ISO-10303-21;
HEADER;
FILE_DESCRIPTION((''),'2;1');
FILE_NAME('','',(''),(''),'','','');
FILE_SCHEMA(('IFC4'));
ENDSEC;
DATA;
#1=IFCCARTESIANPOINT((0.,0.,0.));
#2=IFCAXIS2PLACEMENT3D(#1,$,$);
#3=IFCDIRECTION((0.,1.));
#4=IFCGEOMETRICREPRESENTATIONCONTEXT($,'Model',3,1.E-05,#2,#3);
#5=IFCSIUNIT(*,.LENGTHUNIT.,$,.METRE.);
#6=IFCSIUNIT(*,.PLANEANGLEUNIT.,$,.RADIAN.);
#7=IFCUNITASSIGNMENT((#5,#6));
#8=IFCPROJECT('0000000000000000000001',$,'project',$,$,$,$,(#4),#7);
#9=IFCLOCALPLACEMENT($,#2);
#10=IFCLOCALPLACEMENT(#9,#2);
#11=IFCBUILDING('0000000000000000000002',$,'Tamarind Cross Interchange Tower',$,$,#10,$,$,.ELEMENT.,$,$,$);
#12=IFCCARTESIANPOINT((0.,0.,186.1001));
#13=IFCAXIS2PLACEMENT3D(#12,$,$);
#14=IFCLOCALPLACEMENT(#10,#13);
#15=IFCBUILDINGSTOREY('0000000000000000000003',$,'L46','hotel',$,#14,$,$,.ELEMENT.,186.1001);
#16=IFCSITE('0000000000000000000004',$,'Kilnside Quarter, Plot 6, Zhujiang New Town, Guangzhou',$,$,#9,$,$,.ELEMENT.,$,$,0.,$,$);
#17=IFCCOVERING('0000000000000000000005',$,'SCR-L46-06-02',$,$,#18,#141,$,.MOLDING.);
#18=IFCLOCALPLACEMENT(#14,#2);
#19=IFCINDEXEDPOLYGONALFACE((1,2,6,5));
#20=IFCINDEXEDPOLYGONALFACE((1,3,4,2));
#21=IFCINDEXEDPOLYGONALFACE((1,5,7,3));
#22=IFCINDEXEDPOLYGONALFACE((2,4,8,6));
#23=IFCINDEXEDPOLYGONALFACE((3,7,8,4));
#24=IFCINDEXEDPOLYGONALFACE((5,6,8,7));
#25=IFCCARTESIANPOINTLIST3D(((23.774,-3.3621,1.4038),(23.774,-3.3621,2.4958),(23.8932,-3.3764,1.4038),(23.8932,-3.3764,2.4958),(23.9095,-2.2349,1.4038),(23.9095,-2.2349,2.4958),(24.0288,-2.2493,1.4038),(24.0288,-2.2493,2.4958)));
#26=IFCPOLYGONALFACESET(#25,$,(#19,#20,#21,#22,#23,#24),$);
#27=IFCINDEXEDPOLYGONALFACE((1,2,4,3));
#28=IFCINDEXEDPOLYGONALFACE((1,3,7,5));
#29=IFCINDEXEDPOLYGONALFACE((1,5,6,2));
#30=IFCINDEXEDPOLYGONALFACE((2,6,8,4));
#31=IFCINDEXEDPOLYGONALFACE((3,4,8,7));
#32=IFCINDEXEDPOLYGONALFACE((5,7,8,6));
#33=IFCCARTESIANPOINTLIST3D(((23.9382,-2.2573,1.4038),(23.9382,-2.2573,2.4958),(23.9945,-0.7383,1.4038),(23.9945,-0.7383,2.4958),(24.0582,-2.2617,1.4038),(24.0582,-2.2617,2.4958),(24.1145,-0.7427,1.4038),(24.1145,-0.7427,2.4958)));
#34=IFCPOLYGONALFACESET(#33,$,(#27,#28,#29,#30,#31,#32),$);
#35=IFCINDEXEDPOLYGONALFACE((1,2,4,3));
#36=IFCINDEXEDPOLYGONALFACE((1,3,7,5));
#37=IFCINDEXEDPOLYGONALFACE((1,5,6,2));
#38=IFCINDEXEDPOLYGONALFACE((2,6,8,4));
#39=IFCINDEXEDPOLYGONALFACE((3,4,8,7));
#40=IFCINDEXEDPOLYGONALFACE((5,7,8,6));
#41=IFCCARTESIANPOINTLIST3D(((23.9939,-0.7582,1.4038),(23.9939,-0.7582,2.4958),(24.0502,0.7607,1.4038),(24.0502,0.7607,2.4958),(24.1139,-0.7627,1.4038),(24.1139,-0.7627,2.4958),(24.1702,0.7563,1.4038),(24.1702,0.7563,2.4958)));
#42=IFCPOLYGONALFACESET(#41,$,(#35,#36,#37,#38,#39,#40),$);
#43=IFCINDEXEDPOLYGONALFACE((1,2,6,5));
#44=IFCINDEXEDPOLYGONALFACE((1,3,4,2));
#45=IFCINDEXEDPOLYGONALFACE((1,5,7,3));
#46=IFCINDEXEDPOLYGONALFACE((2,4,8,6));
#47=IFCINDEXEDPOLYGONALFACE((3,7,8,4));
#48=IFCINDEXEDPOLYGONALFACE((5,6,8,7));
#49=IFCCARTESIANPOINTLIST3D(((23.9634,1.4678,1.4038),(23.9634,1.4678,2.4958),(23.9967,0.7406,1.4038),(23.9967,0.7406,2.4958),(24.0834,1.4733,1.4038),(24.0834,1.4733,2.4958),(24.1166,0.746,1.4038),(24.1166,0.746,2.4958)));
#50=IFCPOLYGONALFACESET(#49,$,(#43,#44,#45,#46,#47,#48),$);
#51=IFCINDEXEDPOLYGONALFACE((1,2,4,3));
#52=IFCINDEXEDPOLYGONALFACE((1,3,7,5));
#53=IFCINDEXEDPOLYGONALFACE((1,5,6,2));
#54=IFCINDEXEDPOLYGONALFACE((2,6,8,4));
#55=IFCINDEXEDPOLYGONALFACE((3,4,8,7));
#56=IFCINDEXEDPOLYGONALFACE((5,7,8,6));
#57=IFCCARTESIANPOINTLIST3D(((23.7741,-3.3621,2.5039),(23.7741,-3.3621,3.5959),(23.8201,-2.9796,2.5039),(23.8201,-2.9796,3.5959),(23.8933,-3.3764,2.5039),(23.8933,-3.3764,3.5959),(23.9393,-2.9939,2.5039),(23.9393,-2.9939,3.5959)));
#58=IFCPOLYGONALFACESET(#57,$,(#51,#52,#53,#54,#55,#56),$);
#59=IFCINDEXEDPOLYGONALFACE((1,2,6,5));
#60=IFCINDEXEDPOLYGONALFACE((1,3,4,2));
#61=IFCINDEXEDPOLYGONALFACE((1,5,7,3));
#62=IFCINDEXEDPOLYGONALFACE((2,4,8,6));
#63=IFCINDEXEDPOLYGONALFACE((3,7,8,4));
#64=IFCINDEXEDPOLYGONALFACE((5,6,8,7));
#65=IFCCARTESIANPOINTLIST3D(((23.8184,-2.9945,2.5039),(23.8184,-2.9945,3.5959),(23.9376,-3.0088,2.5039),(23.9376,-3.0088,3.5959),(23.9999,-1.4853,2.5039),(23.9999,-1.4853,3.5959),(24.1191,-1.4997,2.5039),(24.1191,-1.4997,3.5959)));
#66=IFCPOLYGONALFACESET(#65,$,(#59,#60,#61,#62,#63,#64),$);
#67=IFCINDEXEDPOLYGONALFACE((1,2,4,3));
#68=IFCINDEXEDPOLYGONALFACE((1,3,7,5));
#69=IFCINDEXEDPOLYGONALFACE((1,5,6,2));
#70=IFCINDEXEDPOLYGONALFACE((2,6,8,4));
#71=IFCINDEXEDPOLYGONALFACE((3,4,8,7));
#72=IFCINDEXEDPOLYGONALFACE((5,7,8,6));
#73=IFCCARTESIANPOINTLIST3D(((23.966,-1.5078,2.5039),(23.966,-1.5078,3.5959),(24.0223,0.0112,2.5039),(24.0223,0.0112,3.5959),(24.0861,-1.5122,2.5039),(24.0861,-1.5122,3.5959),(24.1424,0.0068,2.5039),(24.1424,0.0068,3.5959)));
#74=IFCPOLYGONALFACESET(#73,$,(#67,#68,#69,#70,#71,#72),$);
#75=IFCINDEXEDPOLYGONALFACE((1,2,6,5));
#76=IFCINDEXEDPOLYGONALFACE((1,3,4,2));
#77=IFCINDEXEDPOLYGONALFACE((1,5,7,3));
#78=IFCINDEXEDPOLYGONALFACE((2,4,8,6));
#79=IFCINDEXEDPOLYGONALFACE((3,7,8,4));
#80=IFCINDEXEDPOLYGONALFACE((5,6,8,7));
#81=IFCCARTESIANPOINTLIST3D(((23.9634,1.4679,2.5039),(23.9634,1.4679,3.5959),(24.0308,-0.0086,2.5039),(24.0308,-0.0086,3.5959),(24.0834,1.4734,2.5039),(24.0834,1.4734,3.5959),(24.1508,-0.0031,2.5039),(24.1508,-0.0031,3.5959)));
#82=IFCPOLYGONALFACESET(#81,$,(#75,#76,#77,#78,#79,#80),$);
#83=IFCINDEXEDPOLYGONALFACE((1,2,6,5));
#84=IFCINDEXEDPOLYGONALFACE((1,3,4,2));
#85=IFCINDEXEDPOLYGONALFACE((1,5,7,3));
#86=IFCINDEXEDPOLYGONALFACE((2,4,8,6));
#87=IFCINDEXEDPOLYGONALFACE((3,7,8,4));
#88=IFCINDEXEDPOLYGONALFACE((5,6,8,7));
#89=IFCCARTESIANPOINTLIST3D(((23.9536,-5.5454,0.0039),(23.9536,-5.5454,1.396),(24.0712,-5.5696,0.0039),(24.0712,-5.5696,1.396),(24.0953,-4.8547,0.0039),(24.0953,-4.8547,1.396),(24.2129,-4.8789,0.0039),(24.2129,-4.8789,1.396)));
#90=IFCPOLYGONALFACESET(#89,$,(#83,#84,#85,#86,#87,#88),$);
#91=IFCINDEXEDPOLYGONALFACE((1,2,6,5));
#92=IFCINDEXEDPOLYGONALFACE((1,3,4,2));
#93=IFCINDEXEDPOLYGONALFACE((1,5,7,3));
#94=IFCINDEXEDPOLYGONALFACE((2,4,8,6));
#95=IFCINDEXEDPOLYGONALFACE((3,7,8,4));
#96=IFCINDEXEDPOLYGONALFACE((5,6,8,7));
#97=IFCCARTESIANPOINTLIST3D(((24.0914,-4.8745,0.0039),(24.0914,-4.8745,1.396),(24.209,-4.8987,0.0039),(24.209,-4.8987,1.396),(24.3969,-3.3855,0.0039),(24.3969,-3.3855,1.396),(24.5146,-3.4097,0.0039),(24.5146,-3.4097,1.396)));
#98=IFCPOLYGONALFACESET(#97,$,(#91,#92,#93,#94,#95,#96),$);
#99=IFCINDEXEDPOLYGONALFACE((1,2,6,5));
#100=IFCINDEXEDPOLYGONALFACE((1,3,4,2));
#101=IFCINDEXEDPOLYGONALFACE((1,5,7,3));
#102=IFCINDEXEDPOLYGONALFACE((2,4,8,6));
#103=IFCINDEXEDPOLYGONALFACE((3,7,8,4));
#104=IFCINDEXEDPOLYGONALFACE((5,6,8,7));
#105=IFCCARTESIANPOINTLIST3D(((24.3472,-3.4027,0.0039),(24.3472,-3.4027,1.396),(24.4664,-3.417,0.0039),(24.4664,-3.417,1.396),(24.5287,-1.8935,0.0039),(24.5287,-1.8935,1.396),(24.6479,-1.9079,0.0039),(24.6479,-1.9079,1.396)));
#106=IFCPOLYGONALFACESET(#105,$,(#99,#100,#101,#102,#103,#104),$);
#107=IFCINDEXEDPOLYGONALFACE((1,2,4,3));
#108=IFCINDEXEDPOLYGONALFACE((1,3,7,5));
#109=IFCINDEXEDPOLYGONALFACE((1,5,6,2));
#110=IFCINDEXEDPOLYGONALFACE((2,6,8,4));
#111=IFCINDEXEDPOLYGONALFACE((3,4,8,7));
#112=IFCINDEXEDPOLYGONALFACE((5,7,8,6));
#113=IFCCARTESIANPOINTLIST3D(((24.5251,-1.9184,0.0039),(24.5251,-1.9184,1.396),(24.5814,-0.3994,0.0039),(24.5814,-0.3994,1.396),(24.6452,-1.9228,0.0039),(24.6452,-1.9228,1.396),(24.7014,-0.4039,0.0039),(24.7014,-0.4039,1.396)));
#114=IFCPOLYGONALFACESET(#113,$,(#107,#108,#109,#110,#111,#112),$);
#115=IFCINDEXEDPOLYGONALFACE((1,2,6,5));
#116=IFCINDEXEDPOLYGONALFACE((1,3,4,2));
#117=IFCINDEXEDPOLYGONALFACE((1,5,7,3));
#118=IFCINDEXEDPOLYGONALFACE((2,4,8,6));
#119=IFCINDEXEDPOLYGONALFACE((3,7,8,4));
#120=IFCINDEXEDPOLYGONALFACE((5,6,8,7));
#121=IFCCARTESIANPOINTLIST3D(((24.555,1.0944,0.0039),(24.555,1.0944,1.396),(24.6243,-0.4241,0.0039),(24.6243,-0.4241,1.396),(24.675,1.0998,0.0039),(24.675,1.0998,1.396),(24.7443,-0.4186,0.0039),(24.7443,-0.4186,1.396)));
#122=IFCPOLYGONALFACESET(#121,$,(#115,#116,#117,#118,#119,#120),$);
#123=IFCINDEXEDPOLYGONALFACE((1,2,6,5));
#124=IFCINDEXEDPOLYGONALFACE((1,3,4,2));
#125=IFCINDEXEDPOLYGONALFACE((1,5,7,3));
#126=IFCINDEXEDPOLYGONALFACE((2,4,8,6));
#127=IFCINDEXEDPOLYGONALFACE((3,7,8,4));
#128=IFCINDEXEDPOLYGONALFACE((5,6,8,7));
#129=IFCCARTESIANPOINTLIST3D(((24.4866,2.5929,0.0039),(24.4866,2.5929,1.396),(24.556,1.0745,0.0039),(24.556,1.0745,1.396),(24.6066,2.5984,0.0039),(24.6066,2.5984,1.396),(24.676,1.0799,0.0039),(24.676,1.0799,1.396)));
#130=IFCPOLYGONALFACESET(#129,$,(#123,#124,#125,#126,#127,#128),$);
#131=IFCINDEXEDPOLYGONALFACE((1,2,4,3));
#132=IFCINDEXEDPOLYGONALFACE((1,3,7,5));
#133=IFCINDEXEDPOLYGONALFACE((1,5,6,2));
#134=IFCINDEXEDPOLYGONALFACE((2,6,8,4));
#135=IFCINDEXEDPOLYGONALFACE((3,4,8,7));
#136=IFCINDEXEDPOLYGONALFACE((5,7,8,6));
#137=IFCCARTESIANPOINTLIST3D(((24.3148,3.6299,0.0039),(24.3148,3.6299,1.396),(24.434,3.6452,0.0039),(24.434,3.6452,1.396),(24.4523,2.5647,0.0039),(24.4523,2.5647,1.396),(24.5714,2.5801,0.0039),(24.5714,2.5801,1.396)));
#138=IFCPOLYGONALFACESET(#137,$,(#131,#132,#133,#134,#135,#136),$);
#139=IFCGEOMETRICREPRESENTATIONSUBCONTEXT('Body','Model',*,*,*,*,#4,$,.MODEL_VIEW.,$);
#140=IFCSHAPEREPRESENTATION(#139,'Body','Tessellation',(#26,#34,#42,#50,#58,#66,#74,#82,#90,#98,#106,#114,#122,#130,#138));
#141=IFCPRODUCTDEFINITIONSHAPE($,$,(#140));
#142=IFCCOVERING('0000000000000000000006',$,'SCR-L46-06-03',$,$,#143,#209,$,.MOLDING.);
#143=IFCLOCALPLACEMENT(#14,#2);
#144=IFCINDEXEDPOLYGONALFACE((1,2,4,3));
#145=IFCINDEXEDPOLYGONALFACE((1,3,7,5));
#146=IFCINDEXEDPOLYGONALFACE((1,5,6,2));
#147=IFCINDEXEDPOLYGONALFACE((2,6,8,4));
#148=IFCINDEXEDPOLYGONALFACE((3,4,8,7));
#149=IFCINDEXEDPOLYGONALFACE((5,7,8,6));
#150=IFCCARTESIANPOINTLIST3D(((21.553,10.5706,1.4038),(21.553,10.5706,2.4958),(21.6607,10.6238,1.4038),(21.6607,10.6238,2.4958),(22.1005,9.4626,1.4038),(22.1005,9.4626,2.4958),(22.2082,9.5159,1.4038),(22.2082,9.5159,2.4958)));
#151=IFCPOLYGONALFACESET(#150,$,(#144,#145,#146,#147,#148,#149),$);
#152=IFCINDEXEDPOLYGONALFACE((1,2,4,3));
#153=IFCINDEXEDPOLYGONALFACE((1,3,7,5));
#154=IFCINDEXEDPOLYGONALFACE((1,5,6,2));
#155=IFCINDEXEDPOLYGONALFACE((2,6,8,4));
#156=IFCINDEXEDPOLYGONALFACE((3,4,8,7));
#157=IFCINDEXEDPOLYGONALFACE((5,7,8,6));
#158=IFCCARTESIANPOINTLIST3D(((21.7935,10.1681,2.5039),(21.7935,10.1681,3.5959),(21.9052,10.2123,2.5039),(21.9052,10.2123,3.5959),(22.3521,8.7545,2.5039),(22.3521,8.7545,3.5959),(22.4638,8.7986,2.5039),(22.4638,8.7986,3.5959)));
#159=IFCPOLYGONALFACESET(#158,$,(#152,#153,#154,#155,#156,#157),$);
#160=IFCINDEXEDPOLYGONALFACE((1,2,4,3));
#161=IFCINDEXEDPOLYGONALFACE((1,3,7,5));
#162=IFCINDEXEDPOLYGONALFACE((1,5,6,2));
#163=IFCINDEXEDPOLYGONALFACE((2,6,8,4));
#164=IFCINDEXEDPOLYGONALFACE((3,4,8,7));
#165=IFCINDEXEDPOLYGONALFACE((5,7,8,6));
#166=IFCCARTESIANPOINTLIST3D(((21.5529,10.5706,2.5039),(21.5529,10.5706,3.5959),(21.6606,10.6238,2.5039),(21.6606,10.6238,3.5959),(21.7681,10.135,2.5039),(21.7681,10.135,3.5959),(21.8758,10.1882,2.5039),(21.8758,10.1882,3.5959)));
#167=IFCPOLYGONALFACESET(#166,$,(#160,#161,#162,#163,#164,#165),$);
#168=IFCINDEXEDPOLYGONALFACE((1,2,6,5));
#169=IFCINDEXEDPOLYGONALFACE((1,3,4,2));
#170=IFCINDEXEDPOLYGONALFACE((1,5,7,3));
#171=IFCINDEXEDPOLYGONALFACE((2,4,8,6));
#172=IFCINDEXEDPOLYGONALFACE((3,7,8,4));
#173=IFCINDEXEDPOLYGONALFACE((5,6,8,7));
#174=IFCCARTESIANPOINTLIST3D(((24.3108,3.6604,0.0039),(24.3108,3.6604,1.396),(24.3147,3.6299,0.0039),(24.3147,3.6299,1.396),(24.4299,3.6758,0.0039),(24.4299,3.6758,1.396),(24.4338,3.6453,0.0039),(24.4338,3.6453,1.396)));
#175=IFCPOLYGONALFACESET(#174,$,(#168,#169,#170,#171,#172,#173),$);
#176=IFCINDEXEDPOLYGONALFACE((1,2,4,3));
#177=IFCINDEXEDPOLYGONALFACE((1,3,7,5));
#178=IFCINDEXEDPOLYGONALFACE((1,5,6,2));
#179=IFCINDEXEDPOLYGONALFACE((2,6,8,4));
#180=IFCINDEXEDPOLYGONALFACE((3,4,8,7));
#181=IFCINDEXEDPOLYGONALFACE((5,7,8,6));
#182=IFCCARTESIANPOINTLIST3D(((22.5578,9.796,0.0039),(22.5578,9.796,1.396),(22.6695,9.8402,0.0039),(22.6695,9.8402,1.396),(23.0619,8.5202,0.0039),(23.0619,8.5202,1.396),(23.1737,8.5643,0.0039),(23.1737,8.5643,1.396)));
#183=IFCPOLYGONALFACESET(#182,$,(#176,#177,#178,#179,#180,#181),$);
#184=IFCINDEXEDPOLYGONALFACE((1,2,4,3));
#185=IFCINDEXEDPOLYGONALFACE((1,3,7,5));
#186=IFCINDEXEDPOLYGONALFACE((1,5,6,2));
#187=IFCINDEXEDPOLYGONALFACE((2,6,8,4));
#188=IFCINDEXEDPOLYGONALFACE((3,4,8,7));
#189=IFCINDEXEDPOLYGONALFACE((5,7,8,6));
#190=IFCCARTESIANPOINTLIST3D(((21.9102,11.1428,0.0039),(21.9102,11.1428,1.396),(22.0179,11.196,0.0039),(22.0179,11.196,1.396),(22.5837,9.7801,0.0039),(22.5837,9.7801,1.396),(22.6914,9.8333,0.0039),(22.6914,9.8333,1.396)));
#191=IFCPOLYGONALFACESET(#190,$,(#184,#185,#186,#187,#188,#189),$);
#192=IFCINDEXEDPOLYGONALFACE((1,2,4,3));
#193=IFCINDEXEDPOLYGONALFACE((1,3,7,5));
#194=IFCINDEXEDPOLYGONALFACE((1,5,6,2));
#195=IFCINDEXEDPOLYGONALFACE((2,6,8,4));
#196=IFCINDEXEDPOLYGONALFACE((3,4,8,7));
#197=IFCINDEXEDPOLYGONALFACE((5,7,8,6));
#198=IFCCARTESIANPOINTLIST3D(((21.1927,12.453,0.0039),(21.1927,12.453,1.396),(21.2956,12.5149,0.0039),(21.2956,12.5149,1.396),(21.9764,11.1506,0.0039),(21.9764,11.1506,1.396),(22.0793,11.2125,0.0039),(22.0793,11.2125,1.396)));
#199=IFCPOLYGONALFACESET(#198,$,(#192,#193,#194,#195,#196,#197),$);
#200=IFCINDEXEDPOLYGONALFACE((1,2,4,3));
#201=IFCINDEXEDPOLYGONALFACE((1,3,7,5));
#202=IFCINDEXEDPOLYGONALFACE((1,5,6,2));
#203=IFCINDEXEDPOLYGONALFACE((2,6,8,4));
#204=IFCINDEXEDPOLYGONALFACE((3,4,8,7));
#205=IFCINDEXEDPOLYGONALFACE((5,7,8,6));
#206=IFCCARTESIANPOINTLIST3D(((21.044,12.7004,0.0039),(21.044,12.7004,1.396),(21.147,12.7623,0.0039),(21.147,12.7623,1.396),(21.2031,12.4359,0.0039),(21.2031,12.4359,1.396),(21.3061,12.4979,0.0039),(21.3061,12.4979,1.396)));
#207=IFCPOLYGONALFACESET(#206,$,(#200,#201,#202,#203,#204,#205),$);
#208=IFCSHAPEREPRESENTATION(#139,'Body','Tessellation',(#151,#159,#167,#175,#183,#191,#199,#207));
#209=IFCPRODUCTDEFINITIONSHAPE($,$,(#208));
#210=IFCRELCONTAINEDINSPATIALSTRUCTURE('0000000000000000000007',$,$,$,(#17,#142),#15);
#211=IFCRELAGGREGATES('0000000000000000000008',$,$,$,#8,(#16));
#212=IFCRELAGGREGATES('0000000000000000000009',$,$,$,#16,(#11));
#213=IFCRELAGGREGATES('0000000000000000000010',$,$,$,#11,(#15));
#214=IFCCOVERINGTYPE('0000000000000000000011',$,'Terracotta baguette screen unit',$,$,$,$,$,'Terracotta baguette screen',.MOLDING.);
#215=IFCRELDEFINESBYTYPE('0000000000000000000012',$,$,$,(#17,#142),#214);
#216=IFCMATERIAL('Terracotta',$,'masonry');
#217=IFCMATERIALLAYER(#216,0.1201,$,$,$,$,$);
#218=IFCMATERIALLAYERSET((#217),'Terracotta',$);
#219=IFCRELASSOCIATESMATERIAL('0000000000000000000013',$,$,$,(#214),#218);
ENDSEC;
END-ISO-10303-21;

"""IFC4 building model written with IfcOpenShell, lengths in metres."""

from ifc_helpers import new_model, si_unit, direction, frame, origin, origin_2d, place, context, subcontext, project, spatial, rectangle, extrude, material, layer, layer_set, type_object, element, save


model = new_model("IFC4")

# Units and contexts
model_context = context("Model", 3, precision=1e-05, world=origin(), true_north=direction((0.0, 1.0)))
body_context = subcontext(model_context, "Body", "Model", "MODEL_VIEW")
ifc_project = project(units=[si_unit("LENGTHUNIT", "METRE"), si_unit("PLANEANGLEUNIT", "RADIAN")], contexts=[model_context])

# Site, building, storey
site_placement = place(None, origin())
site = spatial("IfcSite", under=ifc_project, at=site_placement, Name="Kilnside Quarter, Plot 6, Zhujiang New Town, Guangzhou", CompositionType="ELEMENT", RefElevation=0.0)
building_placement = place(site_placement, origin())
building = spatial("IfcBuilding", under=site, at=building_placement, Name="Tamarind Cross Interchange Tower", CompositionType="ELEMENT")
storey_placement = place(building_placement, frame((0.0, 0.0, 186.1001)))
storey = spatial("IfcBuildingStorey", under=building, at=storey_placement, Name="L46", Description="hotel", CompositionType="ELEMENT", Elevation=186.1001)

# Coverings
ifc_material_1 = material(Name="Terracotta", Category="masonry")
ifc_layer_1 = layer(ifc_material_1, 0.1201)
ifc_layer_set_1 = layer_set([ifc_layer_1], Name="Terracotta")
covering_type = type_object("IfcCoveringType", Name="Terracotta baguette screen unit", ElementType="Terracotta baguette screen", PredefinedType="MOLDING", material=ifc_layer_set_1)
covering_1_placement = place(storey_placement, origin())
element("IfcCovering", 1, at=covering_1_placement, inside=storey, type_object=covering_type, Name="SCR-L46-06-02", PredefinedType="MOLDING", context=body_context, shape_type="SweptSolid", body=[
    extrude(rectangle(XDim=1.1353, YDim=0.1201, at=origin_2d()), frame((23.9014, -2.8057, 1.4038), z_axis=(0.0, 0.0, 1.0), x_axis=(0.119421, 0.992844, 0.0)), (0.0, 0.0, 1.0), 1.092),
    extrude(rectangle(XDim=1.52, YDim=0.1201, at=origin_2d()), frame((24.0264, -1.5, 1.4038), z_axis=(0.0, 0.0, 1.0), x_axis=(0.037025, 0.999314, 0.0)), (0.0, 0.0, 1.0), 1.092),
    extrude(rectangle(XDim=1.52, YDim=0.1201, at=origin_2d()), frame((24.082, -0.001, 1.4038), z_axis=(0.0, 0.0, 1.0), x_axis=(0.037025, 0.999314, 0.0)), (0.0, 0.0, 1.0), 1.092),
    extrude(rectangle(XDim=0.728, YDim=0.1201, at=origin_2d()), frame((24.04, 1.1069, 1.4038), z_axis=(0.0, 0.0, 1.0), x_axis=(-0.045624, 0.998959, 0.0)), (0.0, 0.0, 1.0), 1.092),
    extrude(rectangle(XDim=0.3853, YDim=0.1201, at=origin_2d()), frame((23.8567, -3.178, 2.5039), z_axis=(0.0, 0.0, 1.0), x_axis=(0.119421, 0.992844, 0.0)), (0.0, 0.0, 1.0), 1.092),
    extrude(rectangle(XDim=1.52, YDim=0.1201, at=origin_2d()), frame((23.9688, -2.2471, 2.5039), z_axis=(0.0, 0.0, 1.0), x_axis=(0.119421, 0.992844, 0.0)), (0.0, 0.0, 1.0), 1.092),
    extrude(rectangle(XDim=1.52, YDim=0.1201, at=origin_2d()), frame((24.0542, -0.7505, 2.5039), z_axis=(0.0, 0.0, 1.0), x_axis=(0.037025, 0.999314, 0.0)), (0.0, 0.0, 1.0), 1.092),
    extrude(rectangle(XDim=1.478, YDim=0.1201, at=origin_2d()), frame((24.0571, 0.7324, 2.5039), z_axis=(0.0, 0.0, 1.0), x_axis=(-0.045624, 0.998959, 0.0)), (0.0, 0.0, 1.0), 1.092),
    extrude(rectangle(XDim=0.7051, YDim=0.1201, at=origin_2d()), frame((24.0833, -5.2122, 0.0039), z_axis=(0.0, 0.0, 1.0), x_axis=(0.201001, 0.979591, 0.0)), (0.0, 0.0, 1.0), 1.3921),
    extrude(rectangle(XDim=1.52, YDim=0.1201, at=origin_2d()), frame((24.303, -4.1421, 0.0039), z_axis=(0.0, 0.0, 1.0), x_axis=(0.201001, 0.979591, 0.0)), (0.0, 0.0, 1.0), 1.3921),
    extrude(rectangle(XDim=1.52, YDim=0.1201, at=origin_2d()), frame((24.4976, -2.6553, 0.0039), z_axis=(0.0, 0.0, 1.0), x_axis=(0.119421, 0.992844, 0.0)), (0.0, 0.0, 1.0), 1.3921),
    extrude(rectangle(XDim=1.52, YDim=0.1201, at=origin_2d()), frame((24.6133, -1.1611, 0.0039), z_axis=(0.0, 0.0, 1.0), x_axis=(0.037025, 0.999314, 0.0)), (0.0, 0.0, 1.0), 1.3921),
    extrude(rectangle(XDim=1.52, YDim=0.1201, at=origin_2d()), frame((24.6497, 0.3379, 0.0039), z_axis=(0.0, 0.0, 1.0), x_axis=(-0.045624, 0.998959, 0.0)), (0.0, 0.0, 1.0), 1.3921),
    extrude(rectangle(XDim=1.52, YDim=0.1201, at=origin_2d()), frame((24.5813, 1.8364, 0.0039), z_axis=(0.0, 0.0, 1.0), x_axis=(-0.045624, 0.998959, 0.0)), (0.0, 0.0, 1.0), 1.3921),
    extrude(rectangle(XDim=1.074, YDim=0.1201, at=origin_2d()), frame((24.4431, 3.105, 0.0039), z_axis=(0.0, 0.0, 1.0), x_axis=(-0.127962, 0.991779, 0.0)), (0.0, 0.0, 1.0), 1.3921),
])
covering_2_placement = place(storey_placement, origin())
element("IfcCovering", 2, at=covering_2_placement, inside=storey, type_object=covering_type, Name="SCR-L46-06-03", PredefinedType="MOLDING", context=body_context, shape_type="SweptSolid", body=[
    extrude(rectangle(XDim=1.2358, YDim=0.1201, at=origin_2d()), frame((21.8806, 10.0432, 1.4038), z_axis=(0.0, 0.0, 1.0), x_axis=(-0.443059, 0.896493, 0.0)), (0.0, 0.0, 1.0), 1.092),
    extrude(rectangle(XDim=1.52, YDim=0.1201, at=origin_2d()), frame((22.1287, 9.4834, 2.5039), z_axis=(0.0, 0.0, 1.0), x_axis=(-0.367514, 0.930018, 0.0)), (0.0, 0.0, 1.0), 1.092),
    extrude(rectangle(XDim=0.4858, YDim=0.1201, at=origin_2d()), frame((21.7144, 10.3794, 2.5039), z_axis=(0.0, 0.0, 1.0), x_axis=(-0.443059, 0.896493, 0.0)), (0.0, 0.0, 1.0), 1.092),
    extrude(rectangle(XDim=0.0308, YDim=0.1201, at=origin_2d()), frame((24.3723, 3.6528, 0.0039), z_axis=(0.0, 0.0, 1.0), x_axis=(-0.127962, 0.991779, 0.0)), (0.0, 0.0, 1.0), 1.3921),
    extrude(rectangle(XDim=1.3718, YDim=0.1201, at=origin_2d()), frame((22.8657, 9.1802, 0.0039), z_axis=(0.0, 0.0, 1.0), x_axis=(-0.367514, 0.930018, 0.0)), (0.0, 0.0, 1.0), 1.3921),
    extrude(rectangle(XDim=1.52, YDim=0.1201, at=origin_2d()), frame((22.3008, 10.488, 0.0039), z_axis=(0.0, 0.0, 1.0), x_axis=(-0.443059, 0.896493, 0.0)), (0.0, 0.0, 1.0), 1.3921),
    extrude(rectangle(XDim=1.52, YDim=0.1201, at=origin_2d()), frame((21.636, 11.8328, 0.0039), z_axis=(0.0, 0.0, 1.0), x_axis=(-0.515577, 0.856843, 0.0)), (0.0, 0.0, 1.0), 1.3921),
    extrude(rectangle(XDim=0.3086, YDim=0.1201, at=origin_2d()), frame((21.175, 12.5991, 0.0039), z_axis=(0.0, 0.0, 1.0), x_axis=(-0.515577, 0.856843, 0.0)), (0.0, 0.0, 1.0), 1.3921),
])

save(model, "model.ifc")
